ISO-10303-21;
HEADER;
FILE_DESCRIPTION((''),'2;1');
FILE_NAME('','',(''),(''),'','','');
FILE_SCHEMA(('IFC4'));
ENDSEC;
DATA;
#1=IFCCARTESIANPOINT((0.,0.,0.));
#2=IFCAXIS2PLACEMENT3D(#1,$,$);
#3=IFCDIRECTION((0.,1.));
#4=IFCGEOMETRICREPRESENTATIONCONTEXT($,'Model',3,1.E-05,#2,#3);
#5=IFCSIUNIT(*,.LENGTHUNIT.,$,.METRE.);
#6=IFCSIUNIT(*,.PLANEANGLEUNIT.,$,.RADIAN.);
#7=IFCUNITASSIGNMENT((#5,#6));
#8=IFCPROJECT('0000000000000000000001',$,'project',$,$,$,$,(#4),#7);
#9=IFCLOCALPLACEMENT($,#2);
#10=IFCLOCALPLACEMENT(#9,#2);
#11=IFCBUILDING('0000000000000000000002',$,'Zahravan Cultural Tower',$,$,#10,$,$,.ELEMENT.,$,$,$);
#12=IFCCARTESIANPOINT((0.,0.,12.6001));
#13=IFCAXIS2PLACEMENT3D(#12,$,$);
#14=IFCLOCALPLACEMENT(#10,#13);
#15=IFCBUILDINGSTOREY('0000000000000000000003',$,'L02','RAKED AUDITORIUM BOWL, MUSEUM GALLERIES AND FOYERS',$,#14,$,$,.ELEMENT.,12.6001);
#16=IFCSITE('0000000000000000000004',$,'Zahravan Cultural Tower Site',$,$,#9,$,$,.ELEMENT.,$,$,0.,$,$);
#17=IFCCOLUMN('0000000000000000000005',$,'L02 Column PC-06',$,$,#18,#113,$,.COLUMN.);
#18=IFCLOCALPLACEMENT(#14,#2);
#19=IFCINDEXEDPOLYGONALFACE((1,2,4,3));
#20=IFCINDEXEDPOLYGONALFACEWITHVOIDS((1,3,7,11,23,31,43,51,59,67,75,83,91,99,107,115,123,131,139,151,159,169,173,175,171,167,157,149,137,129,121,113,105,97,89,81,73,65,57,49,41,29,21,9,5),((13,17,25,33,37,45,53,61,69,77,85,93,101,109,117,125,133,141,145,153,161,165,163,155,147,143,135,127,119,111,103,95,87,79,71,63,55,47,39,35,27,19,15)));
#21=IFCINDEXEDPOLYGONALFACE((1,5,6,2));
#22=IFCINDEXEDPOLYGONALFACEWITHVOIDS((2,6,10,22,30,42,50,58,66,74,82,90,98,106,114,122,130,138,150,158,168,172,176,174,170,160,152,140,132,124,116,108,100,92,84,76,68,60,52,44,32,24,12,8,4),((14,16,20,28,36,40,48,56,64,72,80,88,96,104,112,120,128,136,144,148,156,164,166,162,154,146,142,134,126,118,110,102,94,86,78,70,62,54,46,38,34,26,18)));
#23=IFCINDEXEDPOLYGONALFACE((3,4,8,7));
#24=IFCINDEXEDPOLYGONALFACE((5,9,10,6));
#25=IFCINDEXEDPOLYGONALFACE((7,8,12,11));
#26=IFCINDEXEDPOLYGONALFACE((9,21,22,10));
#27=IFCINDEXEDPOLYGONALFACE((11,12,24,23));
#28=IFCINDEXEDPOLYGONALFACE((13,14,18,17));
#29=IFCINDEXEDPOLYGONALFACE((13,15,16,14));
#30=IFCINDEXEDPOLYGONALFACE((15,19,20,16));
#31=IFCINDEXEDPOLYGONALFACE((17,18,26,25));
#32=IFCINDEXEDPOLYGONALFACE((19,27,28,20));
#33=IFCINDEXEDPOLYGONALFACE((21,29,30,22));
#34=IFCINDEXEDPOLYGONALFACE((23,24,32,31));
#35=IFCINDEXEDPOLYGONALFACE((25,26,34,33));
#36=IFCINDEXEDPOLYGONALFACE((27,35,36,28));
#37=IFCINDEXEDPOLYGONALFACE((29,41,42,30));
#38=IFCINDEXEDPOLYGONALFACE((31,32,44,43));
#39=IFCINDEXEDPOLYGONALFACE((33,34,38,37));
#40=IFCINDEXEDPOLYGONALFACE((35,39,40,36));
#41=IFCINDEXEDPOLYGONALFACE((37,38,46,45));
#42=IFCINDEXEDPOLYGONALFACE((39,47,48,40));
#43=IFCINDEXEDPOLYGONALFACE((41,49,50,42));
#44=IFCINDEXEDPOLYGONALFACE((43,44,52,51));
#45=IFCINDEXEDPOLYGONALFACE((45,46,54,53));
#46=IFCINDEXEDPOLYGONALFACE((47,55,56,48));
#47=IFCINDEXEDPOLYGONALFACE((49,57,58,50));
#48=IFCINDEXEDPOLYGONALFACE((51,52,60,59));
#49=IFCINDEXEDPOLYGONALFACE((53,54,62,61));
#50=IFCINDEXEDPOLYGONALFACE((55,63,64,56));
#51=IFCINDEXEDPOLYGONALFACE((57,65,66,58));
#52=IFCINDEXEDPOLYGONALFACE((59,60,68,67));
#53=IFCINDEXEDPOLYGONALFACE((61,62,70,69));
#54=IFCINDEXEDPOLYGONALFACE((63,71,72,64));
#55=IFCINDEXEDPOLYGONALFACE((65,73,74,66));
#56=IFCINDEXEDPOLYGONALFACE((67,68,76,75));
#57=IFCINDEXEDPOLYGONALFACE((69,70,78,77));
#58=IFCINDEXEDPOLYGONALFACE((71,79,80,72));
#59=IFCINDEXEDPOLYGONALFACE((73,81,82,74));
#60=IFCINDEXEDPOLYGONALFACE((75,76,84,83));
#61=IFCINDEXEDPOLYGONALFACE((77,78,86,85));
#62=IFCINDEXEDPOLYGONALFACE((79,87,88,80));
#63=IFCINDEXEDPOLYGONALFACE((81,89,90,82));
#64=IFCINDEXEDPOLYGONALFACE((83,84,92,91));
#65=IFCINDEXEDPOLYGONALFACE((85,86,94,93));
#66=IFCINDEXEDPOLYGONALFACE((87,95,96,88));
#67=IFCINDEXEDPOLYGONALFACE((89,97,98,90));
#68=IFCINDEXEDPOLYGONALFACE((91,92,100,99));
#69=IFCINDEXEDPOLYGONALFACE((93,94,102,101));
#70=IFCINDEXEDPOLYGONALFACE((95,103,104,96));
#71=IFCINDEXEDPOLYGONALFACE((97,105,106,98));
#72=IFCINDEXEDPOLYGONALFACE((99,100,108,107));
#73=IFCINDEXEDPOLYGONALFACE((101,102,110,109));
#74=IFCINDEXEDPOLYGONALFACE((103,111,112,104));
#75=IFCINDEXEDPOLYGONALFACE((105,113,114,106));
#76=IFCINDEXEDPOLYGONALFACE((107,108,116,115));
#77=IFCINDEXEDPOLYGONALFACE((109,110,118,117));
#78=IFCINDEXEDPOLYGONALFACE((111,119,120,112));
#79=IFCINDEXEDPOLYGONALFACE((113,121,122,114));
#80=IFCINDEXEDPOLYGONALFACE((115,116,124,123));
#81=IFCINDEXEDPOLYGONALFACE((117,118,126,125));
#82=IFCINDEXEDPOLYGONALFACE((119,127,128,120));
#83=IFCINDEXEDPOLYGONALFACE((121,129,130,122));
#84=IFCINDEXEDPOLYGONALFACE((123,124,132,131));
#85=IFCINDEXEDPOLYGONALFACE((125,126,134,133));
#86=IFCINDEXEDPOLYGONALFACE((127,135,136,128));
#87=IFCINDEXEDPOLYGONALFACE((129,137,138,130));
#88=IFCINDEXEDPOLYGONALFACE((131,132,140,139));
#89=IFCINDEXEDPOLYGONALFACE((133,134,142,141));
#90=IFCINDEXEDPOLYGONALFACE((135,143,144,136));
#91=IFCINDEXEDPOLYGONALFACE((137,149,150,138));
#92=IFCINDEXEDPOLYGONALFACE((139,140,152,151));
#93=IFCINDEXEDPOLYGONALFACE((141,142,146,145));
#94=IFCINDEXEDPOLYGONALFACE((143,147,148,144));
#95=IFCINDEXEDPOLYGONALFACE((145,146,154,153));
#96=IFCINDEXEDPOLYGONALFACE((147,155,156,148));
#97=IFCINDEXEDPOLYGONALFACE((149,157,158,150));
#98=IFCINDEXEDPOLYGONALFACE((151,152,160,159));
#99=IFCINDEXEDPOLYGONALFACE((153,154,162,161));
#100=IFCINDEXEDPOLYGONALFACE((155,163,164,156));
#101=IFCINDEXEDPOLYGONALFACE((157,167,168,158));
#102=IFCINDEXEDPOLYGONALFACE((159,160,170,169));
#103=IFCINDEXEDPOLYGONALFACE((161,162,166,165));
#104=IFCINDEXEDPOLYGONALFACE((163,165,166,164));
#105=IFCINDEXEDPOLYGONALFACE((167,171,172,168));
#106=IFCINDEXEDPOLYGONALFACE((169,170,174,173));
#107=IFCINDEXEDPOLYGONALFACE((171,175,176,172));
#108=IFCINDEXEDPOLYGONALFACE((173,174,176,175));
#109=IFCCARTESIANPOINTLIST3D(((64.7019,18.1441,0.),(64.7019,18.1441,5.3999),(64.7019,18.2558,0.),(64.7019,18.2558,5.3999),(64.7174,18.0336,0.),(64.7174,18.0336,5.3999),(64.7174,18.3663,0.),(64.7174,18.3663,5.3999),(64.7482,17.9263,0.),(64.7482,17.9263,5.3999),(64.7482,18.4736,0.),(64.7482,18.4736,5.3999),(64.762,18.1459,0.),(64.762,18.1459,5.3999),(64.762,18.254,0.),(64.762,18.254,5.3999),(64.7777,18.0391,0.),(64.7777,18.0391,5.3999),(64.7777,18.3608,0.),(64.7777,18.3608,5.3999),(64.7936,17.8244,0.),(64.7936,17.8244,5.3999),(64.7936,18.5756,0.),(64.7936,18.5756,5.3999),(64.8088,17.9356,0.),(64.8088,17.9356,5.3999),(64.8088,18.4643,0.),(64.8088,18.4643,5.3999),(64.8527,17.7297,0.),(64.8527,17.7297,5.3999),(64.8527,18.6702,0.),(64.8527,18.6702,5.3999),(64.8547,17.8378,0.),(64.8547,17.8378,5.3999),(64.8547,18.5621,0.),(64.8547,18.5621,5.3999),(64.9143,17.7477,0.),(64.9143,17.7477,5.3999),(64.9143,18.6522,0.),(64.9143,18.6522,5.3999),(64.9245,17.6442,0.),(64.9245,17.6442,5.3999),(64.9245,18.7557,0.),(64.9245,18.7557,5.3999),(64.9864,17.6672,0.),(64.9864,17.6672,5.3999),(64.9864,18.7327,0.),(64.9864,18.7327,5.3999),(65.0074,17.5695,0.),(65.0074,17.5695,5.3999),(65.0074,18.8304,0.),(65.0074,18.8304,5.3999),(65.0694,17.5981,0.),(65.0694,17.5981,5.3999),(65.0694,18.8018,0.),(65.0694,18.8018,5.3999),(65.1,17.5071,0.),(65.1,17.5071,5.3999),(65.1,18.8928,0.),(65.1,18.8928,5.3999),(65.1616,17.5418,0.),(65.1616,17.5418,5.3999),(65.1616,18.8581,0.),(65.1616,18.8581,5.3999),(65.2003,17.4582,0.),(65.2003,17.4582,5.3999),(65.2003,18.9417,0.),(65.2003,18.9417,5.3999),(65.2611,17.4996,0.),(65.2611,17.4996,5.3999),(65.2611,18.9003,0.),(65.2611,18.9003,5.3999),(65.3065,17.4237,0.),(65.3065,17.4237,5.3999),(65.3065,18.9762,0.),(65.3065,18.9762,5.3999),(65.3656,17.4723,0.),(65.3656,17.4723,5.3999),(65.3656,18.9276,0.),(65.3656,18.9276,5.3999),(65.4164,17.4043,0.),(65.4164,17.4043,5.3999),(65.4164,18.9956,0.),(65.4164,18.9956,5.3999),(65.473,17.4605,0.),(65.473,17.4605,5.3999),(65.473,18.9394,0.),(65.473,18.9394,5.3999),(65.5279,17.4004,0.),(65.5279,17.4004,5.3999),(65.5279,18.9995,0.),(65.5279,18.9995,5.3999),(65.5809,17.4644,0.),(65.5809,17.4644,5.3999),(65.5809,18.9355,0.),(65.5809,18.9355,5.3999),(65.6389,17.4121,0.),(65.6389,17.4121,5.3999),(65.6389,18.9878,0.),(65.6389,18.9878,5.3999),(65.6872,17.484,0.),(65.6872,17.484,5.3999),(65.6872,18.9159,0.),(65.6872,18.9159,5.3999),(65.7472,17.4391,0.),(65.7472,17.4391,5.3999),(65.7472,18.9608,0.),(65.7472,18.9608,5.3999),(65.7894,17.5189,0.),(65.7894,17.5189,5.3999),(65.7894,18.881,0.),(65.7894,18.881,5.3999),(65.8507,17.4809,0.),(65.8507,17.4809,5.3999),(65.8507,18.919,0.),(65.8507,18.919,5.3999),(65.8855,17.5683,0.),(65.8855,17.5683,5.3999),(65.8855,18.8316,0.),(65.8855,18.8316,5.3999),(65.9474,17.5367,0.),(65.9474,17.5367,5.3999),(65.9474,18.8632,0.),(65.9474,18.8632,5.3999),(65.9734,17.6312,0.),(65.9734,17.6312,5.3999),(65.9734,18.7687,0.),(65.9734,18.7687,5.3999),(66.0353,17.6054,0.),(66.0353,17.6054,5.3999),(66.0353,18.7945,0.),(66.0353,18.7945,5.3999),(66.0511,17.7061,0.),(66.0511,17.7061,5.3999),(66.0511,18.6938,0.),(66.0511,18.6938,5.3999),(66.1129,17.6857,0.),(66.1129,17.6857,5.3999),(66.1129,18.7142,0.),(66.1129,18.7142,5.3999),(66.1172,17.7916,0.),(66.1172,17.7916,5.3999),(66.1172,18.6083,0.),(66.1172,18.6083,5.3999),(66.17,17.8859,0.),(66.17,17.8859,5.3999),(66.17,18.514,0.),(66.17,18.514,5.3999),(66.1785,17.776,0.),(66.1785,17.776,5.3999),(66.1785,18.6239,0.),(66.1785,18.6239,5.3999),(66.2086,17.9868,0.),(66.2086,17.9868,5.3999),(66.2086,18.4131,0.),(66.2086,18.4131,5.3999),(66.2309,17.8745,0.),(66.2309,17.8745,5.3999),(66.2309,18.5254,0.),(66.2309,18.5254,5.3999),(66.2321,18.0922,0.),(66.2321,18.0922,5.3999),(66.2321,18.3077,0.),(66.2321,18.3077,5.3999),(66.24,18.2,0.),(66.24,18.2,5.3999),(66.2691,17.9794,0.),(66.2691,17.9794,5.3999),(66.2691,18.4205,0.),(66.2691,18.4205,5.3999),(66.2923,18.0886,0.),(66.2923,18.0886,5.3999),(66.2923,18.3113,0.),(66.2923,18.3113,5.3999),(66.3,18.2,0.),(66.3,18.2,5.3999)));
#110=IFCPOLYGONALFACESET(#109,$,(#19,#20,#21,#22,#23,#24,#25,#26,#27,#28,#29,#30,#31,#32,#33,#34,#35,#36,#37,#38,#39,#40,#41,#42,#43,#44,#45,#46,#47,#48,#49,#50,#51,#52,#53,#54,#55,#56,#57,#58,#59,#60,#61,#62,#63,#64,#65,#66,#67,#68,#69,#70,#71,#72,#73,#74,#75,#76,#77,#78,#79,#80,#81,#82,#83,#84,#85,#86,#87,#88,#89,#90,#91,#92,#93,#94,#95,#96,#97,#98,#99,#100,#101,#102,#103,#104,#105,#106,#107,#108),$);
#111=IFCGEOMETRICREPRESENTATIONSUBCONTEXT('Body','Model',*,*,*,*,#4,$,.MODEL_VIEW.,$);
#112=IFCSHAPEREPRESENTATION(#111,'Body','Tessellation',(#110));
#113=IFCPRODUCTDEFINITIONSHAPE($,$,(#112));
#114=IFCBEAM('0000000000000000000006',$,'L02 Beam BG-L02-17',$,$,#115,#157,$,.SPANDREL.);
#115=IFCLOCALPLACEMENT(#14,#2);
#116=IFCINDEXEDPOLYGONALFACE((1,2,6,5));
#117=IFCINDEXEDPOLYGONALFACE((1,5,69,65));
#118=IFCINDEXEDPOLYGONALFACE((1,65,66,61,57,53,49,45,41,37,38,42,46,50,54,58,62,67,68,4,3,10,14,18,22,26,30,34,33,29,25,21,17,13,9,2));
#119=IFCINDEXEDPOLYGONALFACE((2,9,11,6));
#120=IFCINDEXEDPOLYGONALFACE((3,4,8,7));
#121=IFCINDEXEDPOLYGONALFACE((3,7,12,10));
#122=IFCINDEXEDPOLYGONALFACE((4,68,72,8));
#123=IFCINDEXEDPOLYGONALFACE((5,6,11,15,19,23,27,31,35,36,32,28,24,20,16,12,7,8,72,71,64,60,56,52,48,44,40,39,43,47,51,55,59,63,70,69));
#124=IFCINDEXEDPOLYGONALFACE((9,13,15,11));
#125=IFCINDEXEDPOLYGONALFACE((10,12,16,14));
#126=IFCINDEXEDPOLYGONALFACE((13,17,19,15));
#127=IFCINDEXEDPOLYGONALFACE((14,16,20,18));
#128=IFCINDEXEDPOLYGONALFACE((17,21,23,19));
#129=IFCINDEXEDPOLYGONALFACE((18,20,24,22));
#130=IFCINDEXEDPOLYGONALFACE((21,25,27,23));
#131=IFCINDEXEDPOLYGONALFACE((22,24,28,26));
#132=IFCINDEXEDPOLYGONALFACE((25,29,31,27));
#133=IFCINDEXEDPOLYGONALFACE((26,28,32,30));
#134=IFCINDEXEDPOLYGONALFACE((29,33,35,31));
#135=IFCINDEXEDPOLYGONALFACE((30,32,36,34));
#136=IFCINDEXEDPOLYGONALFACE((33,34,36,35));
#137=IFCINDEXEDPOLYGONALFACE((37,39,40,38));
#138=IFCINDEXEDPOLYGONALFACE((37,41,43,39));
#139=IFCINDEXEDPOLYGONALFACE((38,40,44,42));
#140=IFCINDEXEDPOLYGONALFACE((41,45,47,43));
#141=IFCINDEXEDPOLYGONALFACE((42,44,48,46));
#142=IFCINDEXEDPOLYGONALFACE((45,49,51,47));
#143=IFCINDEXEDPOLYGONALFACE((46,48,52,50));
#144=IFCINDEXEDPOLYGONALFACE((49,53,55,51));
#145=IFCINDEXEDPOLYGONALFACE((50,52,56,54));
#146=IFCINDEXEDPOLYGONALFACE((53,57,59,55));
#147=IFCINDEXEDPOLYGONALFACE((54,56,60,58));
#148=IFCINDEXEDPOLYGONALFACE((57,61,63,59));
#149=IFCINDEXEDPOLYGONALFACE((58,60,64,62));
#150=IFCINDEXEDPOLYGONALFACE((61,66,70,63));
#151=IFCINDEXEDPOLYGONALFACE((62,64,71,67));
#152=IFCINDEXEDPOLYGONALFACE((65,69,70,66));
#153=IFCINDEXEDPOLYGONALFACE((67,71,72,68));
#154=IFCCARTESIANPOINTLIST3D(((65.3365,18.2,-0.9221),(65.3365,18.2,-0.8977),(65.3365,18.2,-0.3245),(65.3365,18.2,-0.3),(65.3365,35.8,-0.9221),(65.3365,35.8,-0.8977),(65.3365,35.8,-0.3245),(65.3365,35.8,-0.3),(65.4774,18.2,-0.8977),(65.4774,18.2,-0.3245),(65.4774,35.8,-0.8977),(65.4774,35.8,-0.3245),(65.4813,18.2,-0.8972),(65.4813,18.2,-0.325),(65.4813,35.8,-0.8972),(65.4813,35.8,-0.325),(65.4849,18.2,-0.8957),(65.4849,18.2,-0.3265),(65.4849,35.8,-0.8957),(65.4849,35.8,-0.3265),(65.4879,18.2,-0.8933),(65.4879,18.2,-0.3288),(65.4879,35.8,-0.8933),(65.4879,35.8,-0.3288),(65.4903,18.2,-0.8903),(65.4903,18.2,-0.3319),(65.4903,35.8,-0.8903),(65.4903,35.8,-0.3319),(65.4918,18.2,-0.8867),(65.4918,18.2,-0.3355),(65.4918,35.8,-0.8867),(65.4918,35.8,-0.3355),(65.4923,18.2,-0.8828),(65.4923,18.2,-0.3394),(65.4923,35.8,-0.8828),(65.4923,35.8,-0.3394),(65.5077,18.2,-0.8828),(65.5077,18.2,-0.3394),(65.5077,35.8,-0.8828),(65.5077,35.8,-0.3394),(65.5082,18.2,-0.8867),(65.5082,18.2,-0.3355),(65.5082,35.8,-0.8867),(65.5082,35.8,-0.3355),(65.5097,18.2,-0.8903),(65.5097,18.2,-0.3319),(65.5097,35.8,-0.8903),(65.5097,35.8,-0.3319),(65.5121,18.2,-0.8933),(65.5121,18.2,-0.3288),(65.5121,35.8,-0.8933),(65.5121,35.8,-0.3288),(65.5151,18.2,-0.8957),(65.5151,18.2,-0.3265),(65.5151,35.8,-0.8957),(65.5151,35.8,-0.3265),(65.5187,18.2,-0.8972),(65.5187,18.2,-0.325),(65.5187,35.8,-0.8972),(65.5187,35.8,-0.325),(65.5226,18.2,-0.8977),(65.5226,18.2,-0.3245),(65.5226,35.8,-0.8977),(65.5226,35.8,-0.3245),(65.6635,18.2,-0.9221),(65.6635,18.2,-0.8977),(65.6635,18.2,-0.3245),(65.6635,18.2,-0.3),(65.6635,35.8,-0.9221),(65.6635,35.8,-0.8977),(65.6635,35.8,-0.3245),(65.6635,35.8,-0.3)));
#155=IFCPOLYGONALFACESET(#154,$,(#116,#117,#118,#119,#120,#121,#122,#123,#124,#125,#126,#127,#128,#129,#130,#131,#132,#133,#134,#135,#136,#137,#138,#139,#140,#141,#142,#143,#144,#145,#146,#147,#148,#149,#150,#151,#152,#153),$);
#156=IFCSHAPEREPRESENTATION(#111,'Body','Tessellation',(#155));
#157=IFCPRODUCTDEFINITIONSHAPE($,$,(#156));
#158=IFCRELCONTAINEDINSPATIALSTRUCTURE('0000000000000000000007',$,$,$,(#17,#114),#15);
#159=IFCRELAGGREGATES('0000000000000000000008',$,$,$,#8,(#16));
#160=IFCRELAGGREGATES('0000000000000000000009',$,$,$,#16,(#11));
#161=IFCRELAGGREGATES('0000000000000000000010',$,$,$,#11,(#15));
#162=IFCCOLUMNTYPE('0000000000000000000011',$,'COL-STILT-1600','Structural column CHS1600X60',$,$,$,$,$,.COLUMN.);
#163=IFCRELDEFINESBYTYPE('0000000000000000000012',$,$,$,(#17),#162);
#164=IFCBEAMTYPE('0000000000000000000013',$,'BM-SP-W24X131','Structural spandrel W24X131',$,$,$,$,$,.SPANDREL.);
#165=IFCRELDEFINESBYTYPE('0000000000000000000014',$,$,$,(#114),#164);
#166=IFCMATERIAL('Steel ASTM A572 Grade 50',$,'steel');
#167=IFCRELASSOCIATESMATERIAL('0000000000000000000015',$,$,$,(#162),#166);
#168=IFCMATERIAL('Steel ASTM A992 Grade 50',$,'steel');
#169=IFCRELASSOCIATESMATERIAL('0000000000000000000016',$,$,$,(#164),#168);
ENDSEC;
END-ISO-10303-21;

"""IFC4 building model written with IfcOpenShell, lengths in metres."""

from ifc_helpers import new_model, si_unit, direction, frame, origin, origin_2d, place, context, subcontext, project, spatial, hollow_circle, i_section, extrude, source, transform, mapped, material, material_profile, profile_set, type_object, element, save


model = new_model("IFC4")

# Units and contexts
model_context = context("Model", 3, precision=1e-05, world=origin(), true_north=direction((0.0, 1.0)))
body_context = subcontext(model_context, "Body", "Model", "MODEL_VIEW")
ifc_project = project(units=[si_unit("LENGTHUNIT", "METRE"), si_unit("PLANEANGLEUNIT", "RADIAN")], contexts=[model_context])

# Site, building, storey
site_placement = place(None, origin())
site = spatial("IfcSite", under=ifc_project, at=site_placement, Name="Zahravan Cultural Tower Site", CompositionType="ELEMENT", RefElevation=0.0)
building_placement = place(site_placement, origin())
building = spatial("IfcBuilding", under=site, at=building_placement, Name="Zahravan Cultural Tower", CompositionType="ELEMENT")
storey_placement = place(building_placement, frame((0.0, 0.0, 12.6001)))
storey = spatial("IfcBuildingStorey", under=building, at=storey_placement, Name="L02", Description="RAKED AUDITORIUM BOWL, MUSEUM GALLERIES AND FOYERS", CompositionType="ELEMENT", Elevation=12.6001)

# Column
ifc_material_1 = material(Name="Steel ASTM A572 Grade 50", Category="steel")
ifc_material_profile_1 = material_profile(ifc_material_1, hollow_circle(Radius=0.8, WallThickness=0.0601, at=origin_2d()), Name="CHS1600X60")
ifc_profile_set_1 = profile_set([ifc_material_profile_1], Name="Steel ASTM A572 Grade 50")
column_type = type_object("IfcColumnType", Name="COL-STILT-1600", Description="Structural column CHS1600X60", PredefinedType="COLUMN", material=ifc_profile_set_1)
shared_shape_1 = source(origin(), body_context, "Body", "SweptSolid", [
    extrude(hollow_circle(Radius=0.8, WallThickness=0.0601, at=origin_2d()), origin(), (0.0, 0.0, 1.0), 5.3999),
])
column_placement = place(storey_placement, frame((65.5, 18.2, 0.0), z_axis=(0.0, 0.0, 1.0), x_axis=(1.0, 0.0, 0.0)))
element("IfcColumn", 1, at=column_placement, inside=storey, type_object=column_type, Name="L02 Column PC-06", PredefinedType="COLUMN", context=body_context, shape_type="MappedRepresentation", body=[
    mapped(shared_shape_1, transform((0.0, 0.0, 0.0), x_axis=(1.0, 0.0, 0.0), y_axis=(0.0, 1.0, 0.0), z_axis=(0.0, 0.0, 1.0), scale=1.0)),
])

# Beam
ifc_material_2 = material(Name="Steel ASTM A992 Grade 50", Category="steel")
ifc_material_profile_2 = material_profile(ifc_material_2, i_section(OverallWidth=0.3269, OverallDepth=0.6221, WebThickness=0.0154, FlangeThickness=0.0244, FilletRadius=0.0149, at=origin_2d()), Name="W24X131")
ifc_profile_set_2 = profile_set([ifc_material_profile_2], Name="Steel ASTM A992 Grade 50")
beam_type_1 = type_object("IfcBeamType", Name="BM-SP-W24X131", Description="Structural spandrel W24X131", PredefinedType="SPANDREL", material=ifc_profile_set_2)
shared_shape_2 = source(origin(), body_context, "Body", "SweptSolid", [
    extrude(i_section(OverallWidth=0.3269, OverallDepth=0.6221, WebThickness=0.0154, FlangeThickness=0.0244, FilletRadius=0.0149, at=origin_2d()), origin(), (0.0, 0.0, 1.0), 17.6001),
])
beam_1_placement = place(storey_placement, frame((65.5, 18.2, -0.6111), z_axis=(0.0, 1.0, 0.0), x_axis=(-1.0, 0.0, 0.0)))
element("IfcBeam", 2, at=beam_1_placement, inside=storey, type_object=beam_type_1, Name="L02 Beam BG-L02-17", PredefinedType="SPANDREL", context=body_context, shape_type="MappedRepresentation", body=[
    mapped(shared_shape_2, transform((0.0, 0.0, 0.0), x_axis=(1.0, 0.0, 0.0), y_axis=(0.0, 1.0, 0.0), z_axis=(0.0, 0.0, 1.0), scale=1.0)),
])

save(model, "model.ifc")
